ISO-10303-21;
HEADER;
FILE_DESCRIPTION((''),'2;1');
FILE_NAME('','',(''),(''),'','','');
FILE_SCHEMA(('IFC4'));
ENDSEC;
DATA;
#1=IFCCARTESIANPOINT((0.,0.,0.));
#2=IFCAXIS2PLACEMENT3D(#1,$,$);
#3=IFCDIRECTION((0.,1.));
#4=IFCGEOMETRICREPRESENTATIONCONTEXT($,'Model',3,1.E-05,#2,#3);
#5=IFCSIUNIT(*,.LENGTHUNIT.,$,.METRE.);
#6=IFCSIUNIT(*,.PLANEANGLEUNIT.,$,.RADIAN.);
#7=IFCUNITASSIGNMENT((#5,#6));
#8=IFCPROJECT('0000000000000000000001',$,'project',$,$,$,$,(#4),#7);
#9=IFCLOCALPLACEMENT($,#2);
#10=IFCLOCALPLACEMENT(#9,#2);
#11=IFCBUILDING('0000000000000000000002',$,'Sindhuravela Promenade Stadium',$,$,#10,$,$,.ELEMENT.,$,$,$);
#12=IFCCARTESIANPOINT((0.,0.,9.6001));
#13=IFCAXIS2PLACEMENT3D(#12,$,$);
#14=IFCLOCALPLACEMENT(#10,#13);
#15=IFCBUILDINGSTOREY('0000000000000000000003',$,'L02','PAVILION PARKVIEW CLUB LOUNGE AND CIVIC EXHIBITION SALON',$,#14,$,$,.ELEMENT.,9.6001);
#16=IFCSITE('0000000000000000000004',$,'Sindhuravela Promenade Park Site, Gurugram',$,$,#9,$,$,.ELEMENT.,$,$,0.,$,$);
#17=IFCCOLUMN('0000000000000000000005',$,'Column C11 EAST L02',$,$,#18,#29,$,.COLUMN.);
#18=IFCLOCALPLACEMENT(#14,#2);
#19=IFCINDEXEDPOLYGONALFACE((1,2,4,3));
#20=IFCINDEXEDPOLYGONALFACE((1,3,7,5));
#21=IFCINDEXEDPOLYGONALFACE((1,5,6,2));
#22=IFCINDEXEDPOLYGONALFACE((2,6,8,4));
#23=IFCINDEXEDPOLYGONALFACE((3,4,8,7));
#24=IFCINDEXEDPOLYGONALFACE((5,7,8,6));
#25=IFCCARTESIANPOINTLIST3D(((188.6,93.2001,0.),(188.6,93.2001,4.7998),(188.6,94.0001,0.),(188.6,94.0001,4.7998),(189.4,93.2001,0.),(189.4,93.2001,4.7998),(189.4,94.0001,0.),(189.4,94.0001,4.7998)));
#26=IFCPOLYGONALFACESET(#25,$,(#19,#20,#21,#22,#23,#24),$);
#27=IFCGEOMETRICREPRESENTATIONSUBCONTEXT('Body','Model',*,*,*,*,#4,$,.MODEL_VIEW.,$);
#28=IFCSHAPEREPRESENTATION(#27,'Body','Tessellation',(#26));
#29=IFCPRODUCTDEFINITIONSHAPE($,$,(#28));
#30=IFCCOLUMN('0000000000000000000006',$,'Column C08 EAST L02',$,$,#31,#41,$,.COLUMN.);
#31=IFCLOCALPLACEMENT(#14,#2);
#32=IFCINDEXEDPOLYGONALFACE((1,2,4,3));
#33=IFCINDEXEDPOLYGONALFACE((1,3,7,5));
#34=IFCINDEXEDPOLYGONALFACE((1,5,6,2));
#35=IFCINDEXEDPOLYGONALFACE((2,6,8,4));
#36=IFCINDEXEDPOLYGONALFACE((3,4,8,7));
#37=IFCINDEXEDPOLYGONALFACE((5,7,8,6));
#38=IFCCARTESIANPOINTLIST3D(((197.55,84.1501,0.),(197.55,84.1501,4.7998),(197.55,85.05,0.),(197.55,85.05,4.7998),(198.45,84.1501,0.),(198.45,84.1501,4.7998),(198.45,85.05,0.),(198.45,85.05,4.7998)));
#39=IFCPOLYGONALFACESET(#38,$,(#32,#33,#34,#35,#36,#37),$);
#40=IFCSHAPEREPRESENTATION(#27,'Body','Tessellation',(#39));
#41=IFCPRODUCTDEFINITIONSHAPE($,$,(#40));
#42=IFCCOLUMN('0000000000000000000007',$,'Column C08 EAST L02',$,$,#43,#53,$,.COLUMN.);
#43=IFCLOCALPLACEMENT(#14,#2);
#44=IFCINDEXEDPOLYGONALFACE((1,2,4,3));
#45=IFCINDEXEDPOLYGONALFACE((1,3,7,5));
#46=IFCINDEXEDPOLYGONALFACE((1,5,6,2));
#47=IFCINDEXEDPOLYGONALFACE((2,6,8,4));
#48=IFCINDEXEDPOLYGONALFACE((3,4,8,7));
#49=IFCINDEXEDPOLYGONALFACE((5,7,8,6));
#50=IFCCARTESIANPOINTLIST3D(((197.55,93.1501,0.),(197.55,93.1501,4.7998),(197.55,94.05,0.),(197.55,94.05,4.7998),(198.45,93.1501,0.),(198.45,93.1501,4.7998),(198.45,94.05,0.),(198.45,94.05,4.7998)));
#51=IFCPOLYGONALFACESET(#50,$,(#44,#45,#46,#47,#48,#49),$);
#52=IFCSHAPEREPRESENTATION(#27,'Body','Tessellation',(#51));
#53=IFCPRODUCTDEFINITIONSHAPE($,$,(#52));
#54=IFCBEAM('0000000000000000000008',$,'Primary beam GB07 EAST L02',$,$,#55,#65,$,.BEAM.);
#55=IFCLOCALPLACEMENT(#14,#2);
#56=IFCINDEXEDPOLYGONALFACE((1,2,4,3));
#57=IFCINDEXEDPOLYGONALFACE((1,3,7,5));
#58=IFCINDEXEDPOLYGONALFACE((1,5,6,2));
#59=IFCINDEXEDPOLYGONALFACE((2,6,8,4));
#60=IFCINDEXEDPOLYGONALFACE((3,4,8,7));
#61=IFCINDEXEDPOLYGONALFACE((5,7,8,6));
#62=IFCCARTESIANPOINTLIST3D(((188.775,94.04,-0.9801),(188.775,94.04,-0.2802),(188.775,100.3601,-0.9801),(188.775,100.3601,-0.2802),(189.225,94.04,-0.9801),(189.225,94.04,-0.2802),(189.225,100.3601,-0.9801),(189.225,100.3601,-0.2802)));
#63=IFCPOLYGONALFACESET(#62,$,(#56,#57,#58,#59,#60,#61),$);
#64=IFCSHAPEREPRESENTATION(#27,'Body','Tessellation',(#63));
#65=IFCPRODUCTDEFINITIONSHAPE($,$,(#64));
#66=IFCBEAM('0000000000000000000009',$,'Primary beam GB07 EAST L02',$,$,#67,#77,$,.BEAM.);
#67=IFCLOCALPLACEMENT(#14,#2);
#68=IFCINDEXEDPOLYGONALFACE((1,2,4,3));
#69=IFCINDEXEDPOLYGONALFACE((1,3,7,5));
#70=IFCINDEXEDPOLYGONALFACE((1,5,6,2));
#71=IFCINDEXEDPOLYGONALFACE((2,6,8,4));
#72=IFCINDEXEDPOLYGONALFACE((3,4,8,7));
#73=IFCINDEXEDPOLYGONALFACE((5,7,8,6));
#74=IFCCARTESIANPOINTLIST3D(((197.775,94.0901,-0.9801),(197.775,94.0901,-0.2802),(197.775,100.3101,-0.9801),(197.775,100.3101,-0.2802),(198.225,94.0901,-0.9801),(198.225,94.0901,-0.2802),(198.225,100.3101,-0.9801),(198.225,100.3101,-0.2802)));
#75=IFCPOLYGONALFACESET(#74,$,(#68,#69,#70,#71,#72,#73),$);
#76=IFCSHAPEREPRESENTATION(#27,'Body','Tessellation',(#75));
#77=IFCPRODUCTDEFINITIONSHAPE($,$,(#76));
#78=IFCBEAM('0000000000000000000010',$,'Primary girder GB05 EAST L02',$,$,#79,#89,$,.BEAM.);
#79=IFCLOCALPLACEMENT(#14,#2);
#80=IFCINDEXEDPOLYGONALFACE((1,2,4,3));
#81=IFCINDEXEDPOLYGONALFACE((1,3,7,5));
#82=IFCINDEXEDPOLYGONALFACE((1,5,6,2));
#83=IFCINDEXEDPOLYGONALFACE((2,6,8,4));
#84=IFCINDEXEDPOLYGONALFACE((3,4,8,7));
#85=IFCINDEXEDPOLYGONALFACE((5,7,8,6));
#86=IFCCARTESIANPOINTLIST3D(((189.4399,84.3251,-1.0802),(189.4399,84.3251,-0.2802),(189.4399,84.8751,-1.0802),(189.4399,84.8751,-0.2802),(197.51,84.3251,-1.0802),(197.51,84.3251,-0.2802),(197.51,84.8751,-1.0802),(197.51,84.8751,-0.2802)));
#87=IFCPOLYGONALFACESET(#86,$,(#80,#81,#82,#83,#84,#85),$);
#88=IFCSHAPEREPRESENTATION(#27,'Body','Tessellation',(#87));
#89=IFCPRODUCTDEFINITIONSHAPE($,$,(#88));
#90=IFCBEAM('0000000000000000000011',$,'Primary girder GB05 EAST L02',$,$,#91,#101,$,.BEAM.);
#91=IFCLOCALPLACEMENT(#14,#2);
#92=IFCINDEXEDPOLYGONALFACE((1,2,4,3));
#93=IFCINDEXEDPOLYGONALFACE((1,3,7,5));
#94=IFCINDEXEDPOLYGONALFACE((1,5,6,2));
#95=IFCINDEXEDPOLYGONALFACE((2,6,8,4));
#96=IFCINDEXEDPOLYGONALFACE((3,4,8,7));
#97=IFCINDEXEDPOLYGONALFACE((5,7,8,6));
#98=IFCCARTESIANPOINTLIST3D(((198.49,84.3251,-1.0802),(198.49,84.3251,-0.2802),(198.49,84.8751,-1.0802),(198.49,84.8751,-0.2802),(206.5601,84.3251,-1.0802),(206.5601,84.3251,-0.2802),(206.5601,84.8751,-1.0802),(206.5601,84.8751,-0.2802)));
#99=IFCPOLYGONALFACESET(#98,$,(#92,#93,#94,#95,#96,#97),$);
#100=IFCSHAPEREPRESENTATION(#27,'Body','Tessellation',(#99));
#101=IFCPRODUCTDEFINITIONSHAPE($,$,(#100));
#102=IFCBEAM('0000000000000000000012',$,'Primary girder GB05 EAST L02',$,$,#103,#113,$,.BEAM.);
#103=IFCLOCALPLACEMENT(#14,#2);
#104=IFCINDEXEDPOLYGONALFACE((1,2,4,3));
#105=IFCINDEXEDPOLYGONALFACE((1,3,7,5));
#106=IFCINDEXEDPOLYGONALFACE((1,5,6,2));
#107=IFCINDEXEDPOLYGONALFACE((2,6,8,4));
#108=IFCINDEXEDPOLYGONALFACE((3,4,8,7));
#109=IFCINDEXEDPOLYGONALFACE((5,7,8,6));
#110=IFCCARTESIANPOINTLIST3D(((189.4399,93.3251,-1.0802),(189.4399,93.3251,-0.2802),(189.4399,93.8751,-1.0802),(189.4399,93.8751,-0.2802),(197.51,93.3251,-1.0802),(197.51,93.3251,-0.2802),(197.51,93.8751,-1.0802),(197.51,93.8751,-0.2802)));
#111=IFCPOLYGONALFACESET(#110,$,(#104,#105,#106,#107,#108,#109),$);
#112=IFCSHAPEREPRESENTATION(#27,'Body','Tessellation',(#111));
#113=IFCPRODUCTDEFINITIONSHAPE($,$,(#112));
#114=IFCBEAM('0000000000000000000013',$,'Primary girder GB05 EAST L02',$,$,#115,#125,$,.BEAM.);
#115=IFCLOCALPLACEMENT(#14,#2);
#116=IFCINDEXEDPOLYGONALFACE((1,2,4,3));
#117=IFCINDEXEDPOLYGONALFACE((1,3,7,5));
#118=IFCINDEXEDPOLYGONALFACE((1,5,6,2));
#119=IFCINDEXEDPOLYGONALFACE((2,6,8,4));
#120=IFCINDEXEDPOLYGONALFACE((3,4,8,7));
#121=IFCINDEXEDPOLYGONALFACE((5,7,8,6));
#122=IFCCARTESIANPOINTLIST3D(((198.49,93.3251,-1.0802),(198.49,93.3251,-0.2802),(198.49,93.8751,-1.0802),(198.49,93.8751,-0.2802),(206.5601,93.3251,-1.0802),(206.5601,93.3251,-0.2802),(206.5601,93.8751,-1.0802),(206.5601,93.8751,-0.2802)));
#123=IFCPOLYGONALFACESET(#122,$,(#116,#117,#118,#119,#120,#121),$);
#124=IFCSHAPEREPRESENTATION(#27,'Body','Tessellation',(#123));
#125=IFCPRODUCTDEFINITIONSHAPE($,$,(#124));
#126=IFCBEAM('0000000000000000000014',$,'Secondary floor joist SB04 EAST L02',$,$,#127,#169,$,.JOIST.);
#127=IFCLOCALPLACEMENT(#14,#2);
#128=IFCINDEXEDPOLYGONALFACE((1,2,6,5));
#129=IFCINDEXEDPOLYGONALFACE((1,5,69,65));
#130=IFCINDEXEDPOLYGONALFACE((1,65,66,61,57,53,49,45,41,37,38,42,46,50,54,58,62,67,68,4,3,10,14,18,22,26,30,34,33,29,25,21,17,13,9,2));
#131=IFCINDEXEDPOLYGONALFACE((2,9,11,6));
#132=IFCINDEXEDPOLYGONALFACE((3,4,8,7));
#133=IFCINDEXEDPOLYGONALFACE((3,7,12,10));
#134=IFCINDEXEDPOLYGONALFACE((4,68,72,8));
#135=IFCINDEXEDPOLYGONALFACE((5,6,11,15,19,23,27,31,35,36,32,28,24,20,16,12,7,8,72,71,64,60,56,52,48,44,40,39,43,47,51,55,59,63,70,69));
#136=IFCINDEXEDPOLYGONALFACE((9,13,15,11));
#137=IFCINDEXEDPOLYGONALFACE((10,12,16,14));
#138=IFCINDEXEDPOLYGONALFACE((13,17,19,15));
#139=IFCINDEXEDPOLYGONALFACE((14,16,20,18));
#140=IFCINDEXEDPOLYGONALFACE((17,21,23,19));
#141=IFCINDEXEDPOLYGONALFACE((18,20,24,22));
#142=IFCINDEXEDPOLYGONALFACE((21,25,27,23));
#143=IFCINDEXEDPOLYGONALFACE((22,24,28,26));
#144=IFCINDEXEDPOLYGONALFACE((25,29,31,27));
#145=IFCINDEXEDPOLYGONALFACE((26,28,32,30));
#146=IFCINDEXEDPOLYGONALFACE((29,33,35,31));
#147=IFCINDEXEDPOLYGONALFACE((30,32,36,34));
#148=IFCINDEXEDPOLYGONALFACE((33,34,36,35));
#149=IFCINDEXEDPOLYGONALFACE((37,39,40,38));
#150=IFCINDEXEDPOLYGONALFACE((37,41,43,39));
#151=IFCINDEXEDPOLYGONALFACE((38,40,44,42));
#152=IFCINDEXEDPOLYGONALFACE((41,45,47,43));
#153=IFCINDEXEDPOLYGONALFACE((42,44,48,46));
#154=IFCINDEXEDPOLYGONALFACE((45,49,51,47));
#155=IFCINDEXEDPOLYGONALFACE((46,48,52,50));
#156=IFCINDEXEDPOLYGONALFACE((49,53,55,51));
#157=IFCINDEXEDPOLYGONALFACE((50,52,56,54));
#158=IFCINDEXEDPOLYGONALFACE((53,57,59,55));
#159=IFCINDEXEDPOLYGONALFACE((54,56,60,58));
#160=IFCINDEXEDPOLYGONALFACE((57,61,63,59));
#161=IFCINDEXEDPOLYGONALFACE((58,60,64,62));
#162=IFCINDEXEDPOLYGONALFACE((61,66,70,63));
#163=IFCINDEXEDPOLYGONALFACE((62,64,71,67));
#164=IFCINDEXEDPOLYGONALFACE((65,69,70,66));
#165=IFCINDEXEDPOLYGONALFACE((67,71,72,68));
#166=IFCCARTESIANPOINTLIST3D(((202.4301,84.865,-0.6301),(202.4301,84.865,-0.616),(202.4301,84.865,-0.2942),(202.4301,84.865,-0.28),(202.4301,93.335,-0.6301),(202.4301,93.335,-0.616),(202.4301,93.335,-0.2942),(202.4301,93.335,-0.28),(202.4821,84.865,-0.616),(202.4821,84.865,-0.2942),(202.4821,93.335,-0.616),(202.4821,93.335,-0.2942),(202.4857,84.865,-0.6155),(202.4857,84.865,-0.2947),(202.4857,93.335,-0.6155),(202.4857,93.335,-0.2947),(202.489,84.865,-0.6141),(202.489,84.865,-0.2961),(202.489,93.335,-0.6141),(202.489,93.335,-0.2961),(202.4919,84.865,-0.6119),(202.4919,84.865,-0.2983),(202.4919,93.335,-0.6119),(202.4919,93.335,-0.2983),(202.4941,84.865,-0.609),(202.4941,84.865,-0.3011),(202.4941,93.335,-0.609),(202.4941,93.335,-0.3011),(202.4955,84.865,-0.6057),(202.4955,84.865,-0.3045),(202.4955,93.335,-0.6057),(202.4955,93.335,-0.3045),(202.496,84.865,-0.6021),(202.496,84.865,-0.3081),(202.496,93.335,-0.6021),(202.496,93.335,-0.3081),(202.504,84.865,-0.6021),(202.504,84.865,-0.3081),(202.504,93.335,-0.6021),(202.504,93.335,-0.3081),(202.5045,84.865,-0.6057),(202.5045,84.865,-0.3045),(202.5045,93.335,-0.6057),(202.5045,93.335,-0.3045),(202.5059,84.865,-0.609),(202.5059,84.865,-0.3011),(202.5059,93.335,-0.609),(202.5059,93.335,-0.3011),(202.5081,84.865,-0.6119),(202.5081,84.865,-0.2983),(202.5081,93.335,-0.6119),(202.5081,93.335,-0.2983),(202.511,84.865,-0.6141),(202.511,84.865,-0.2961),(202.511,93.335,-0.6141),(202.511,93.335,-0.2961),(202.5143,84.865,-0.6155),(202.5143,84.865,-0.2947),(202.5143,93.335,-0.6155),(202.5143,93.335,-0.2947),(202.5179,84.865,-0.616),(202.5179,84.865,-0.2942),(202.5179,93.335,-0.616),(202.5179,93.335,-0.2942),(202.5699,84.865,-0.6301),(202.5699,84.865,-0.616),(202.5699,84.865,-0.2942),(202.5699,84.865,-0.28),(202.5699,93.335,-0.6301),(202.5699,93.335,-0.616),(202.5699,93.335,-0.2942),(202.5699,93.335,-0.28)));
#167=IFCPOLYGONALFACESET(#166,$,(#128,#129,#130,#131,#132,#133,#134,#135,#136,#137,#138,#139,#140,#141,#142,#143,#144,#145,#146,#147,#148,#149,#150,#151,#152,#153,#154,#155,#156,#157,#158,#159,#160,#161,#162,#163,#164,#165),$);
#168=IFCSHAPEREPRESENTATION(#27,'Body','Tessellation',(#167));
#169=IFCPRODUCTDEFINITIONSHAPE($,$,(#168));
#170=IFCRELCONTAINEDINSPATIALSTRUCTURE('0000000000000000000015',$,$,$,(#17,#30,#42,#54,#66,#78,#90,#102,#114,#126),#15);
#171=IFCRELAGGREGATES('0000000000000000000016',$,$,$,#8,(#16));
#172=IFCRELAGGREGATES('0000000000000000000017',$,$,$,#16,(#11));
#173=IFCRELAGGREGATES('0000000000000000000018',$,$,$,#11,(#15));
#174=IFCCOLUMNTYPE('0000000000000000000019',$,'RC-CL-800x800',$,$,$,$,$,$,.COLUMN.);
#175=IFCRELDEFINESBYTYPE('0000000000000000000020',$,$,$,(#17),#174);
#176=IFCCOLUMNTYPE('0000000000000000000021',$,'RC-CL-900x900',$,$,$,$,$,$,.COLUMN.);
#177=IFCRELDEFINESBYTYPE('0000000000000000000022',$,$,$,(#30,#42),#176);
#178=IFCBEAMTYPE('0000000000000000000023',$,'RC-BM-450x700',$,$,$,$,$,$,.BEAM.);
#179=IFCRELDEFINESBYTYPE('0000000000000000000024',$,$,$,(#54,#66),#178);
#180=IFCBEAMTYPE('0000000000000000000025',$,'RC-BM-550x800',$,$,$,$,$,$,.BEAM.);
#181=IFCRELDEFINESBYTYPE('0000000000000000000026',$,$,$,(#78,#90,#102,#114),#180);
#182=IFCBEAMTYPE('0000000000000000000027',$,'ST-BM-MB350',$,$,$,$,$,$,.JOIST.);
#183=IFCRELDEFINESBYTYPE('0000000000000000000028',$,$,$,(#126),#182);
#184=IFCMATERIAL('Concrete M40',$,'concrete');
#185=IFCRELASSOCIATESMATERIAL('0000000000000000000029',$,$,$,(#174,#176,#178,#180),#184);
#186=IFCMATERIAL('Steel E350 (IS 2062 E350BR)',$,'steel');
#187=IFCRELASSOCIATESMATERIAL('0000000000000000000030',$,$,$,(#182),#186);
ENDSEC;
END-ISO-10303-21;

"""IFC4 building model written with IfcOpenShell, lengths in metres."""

from ifc_helpers import new_model, si_unit, direction, frame, origin, origin_2d, place, context, subcontext, project, spatial, rectangle, i_section, extrude, material, material_profile, profile_set, type_object, element, save


model = new_model("IFC4")

# Units and contexts
model_context = context("Model", 3, precision=1e-05, world=origin(), true_north=direction((0.0, 1.0)))
body_context = subcontext(model_context, "Body", "Model", "MODEL_VIEW")
ifc_project = project(units=[si_unit("LENGTHUNIT", "METRE"), si_unit("PLANEANGLEUNIT", "RADIAN")], contexts=[model_context])

# Site, building, storey
site_placement = place(None, origin())
site = spatial("IfcSite", under=ifc_project, at=site_placement, Name="Sindhuravela Promenade Park Site, Gurugram", CompositionType="ELEMENT", RefElevation=0.0)
building_placement = place(site_placement, origin())
building = spatial("IfcBuilding", under=site, at=building_placement, Name="Sindhuravela Promenade Stadium", CompositionType="ELEMENT")
storey_placement = place(building_placement, frame((0.0, 0.0, 9.6001)))
storey = spatial("IfcBuildingStorey", under=building, at=storey_placement, Name="L02", Description="PAVILION PARKVIEW CLUB LOUNGE AND CIVIC EXHIBITION SALON", CompositionType="ELEMENT", Elevation=9.6001)

# Columns
ifc_material_1 = material(Name="Concrete M40", Category="concrete")
ifc_material_profile_1 = material_profile(ifc_material_1, rectangle(XDim=0.8, YDim=0.8, at=origin_2d()), Name="RC 800x800")
ifc_profile_set_1 = profile_set([ifc_material_profile_1], Name="Concrete M40")
column_type_1 = type_object("IfcColumnType", Name="RC-CL-800x800", PredefinedType="COLUMN", material=ifc_profile_set_1)
column_placement = place(storey_placement, frame((189.0, 93.6001, 0.0), z_axis=(0.0, 0.0, 1.0), x_axis=(1.0, 0.0, 0.0)))
element("IfcColumn", 1, at=column_placement, inside=storey, type_object=column_type_1, Name="Column C11 EAST L02", PredefinedType="COLUMN", context=body_context, shape_type="SweptSolid", body=[
    extrude(rectangle(XDim=0.8, YDim=0.8, at=origin_2d()), origin(), (0.0, 0.0, 1.0), 4.7998),
])
ifc_material_profile_2 = material_profile(ifc_material_1, rectangle(XDim=0.8999, YDim=0.8999, at=origin_2d()), Name="RC 900x900")
ifc_profile_set_2 = profile_set([ifc_material_profile_2], Name="Concrete M40")
column_type_2 = type_object("IfcColumnType", Name="RC-CL-900x900", PredefinedType="COLUMN", material=ifc_profile_set_2)
for number, where, z_axis, x_axis, name in (
    (2, (198.0, 84.6001, 0.0), (0.0, 0.0, 1.0), (1.0, 0.0, 0.0), "Column C08 EAST L02"),
    (3, (198.0, 93.6001, 0.0), (0.0, 0.0, 1.0), (1.0, 0.0, 0.0), "Column C08 EAST L02"),
):
    element("IfcColumn", number, at=place(storey_placement, frame(where, z_axis=z_axis, x_axis=x_axis)), inside=storey, type_object=column_type_2, Name=name, PredefinedType="COLUMN", context=body_context, shape_type="SweptSolid", body=[
        extrude(rectangle(XDim=0.8999, YDim=0.8999, at=origin_2d()), origin(), (0.0, 0.0, 1.0), 4.7998),
    ])

# Beams
ifc_material_profile_3 = material_profile(ifc_material_1, rectangle(XDim=0.45, YDim=0.7, at=origin_2d()), Name="RC 450x700")
ifc_profile_set_3 = profile_set([ifc_material_profile_3], Name="Concrete M40")
beam_type_1 = type_object("IfcBeamType", Name="RC-BM-450x700", PredefinedType="BEAM", material=ifc_profile_set_3)
beam_1_placement = place(storey_placement, frame((189.0, 94.04, -0.6301), z_axis=(0.0, 1.0, 0.0), x_axis=(-1.0, 0.0, 0.0)))
element("IfcBeam", 4, at=beam_1_placement, inside=storey, type_object=beam_type_1, Name="Primary beam GB07 EAST L02", PredefinedType="BEAM", context=body_context, shape_type="SweptSolid", body=[
    extrude(rectangle(XDim=0.45, YDim=0.7, at=origin_2d()), origin(), (0.0, 0.0, 1.0), 6.3201),
])
beam_2_placement = place(storey_placement, frame((198.0, 94.0901, -0.6301), z_axis=(0.0, 1.0, 0.0), x_axis=(-1.0, 0.0, 0.0)))
element("IfcBeam", 5, at=beam_2_placement, inside=storey, type_object=beam_type_1, Name="Primary beam GB07 EAST L02", PredefinedType="BEAM", context=body_context, shape_type="SweptSolid", body=[
    extrude(rectangle(XDim=0.45, YDim=0.7, at=origin_2d()), origin(), (0.0, 0.0, 1.0), 6.22),
])
ifc_material_profile_4 = material_profile(ifc_material_1, rectangle(XDim=0.55, YDim=0.8, at=origin_2d()), Name="RC 550x800")
ifc_profile_set_4 = profile_set([ifc_material_profile_4], Name="Concrete M40")
beam_type_2 = type_object("IfcBeamType", Name="RC-BM-550x800", PredefinedType="BEAM", material=ifc_profile_set_4)
for number, where, z_axis, x_axis, name in (
    (6, (189.4399, 84.6001, -0.6802), (1.0, 0.0, 0.0), (0.0, 1.0, 0.0), "Primary girder GB05 EAST L02"),
    (7, (198.49, 84.6001, -0.6802), (1.0, 0.0, 0.0), (0.0, 1.0, 0.0), "Primary girder GB05 EAST L02"),
    (8, (189.4399, 93.6001, -0.6802), (1.0, 0.0, 0.0), (0.0, 1.0, 0.0), "Primary girder GB05 EAST L02"),
    (9, (198.49, 93.6001, -0.6802), (1.0, 0.0, 0.0), (0.0, 1.0, 0.0), "Primary girder GB05 EAST L02"),
):
    element("IfcBeam", number, at=place(storey_placement, frame(where, z_axis=z_axis, x_axis=x_axis)), inside=storey, type_object=beam_type_2, Name=name, PredefinedType="BEAM", context=body_context, shape_type="SweptSolid", body=[
        extrude(rectangle(XDim=0.55, YDim=0.8, at=origin_2d()), origin(), (0.0, 0.0, 1.0), 8.0701),
    ])
ifc_material_2 = material(Name="Steel E350 (IS 2062 E350BR)", Category="steel")
ifc_material_profile_5 = material_profile(ifc_material_2, i_section(OverallWidth=0.1399, OverallDepth=0.3501, WebThickness=0.0081, FlangeThickness=0.0142, FilletRadius=0.0139, at=origin_2d()), Name="ISMB 350")
ifc_profile_set_5 = profile_set([ifc_material_profile_5], Name="Steel E350 (IS 2062 E350BR)")
beam_type_3 = type_object("IfcBeamType", Name="ST-BM-MB350", PredefinedType="JOIST", material=ifc_profile_set_5)
beam_3_placement = place(storey_placement, frame((202.5, 84.865, -0.4551), z_axis=(0.0, 1.0, 0.0), x_axis=(-1.0, 0.0, 0.0)))
element("IfcBeam", 10, at=beam_3_placement, inside=storey, type_object=beam_type_3, Name="Secondary floor joist SB04 EAST L02", PredefinedType="JOIST", context=body_context, shape_type="SweptSolid", body=[
    extrude(i_section(OverallWidth=0.1399, OverallDepth=0.3501, WebThickness=0.0081, FlangeThickness=0.0142, FilletRadius=0.0139, at=origin_2d()), origin(), (0.0, 0.0, 1.0), 8.47),
])

save(model, "model.ifc")
